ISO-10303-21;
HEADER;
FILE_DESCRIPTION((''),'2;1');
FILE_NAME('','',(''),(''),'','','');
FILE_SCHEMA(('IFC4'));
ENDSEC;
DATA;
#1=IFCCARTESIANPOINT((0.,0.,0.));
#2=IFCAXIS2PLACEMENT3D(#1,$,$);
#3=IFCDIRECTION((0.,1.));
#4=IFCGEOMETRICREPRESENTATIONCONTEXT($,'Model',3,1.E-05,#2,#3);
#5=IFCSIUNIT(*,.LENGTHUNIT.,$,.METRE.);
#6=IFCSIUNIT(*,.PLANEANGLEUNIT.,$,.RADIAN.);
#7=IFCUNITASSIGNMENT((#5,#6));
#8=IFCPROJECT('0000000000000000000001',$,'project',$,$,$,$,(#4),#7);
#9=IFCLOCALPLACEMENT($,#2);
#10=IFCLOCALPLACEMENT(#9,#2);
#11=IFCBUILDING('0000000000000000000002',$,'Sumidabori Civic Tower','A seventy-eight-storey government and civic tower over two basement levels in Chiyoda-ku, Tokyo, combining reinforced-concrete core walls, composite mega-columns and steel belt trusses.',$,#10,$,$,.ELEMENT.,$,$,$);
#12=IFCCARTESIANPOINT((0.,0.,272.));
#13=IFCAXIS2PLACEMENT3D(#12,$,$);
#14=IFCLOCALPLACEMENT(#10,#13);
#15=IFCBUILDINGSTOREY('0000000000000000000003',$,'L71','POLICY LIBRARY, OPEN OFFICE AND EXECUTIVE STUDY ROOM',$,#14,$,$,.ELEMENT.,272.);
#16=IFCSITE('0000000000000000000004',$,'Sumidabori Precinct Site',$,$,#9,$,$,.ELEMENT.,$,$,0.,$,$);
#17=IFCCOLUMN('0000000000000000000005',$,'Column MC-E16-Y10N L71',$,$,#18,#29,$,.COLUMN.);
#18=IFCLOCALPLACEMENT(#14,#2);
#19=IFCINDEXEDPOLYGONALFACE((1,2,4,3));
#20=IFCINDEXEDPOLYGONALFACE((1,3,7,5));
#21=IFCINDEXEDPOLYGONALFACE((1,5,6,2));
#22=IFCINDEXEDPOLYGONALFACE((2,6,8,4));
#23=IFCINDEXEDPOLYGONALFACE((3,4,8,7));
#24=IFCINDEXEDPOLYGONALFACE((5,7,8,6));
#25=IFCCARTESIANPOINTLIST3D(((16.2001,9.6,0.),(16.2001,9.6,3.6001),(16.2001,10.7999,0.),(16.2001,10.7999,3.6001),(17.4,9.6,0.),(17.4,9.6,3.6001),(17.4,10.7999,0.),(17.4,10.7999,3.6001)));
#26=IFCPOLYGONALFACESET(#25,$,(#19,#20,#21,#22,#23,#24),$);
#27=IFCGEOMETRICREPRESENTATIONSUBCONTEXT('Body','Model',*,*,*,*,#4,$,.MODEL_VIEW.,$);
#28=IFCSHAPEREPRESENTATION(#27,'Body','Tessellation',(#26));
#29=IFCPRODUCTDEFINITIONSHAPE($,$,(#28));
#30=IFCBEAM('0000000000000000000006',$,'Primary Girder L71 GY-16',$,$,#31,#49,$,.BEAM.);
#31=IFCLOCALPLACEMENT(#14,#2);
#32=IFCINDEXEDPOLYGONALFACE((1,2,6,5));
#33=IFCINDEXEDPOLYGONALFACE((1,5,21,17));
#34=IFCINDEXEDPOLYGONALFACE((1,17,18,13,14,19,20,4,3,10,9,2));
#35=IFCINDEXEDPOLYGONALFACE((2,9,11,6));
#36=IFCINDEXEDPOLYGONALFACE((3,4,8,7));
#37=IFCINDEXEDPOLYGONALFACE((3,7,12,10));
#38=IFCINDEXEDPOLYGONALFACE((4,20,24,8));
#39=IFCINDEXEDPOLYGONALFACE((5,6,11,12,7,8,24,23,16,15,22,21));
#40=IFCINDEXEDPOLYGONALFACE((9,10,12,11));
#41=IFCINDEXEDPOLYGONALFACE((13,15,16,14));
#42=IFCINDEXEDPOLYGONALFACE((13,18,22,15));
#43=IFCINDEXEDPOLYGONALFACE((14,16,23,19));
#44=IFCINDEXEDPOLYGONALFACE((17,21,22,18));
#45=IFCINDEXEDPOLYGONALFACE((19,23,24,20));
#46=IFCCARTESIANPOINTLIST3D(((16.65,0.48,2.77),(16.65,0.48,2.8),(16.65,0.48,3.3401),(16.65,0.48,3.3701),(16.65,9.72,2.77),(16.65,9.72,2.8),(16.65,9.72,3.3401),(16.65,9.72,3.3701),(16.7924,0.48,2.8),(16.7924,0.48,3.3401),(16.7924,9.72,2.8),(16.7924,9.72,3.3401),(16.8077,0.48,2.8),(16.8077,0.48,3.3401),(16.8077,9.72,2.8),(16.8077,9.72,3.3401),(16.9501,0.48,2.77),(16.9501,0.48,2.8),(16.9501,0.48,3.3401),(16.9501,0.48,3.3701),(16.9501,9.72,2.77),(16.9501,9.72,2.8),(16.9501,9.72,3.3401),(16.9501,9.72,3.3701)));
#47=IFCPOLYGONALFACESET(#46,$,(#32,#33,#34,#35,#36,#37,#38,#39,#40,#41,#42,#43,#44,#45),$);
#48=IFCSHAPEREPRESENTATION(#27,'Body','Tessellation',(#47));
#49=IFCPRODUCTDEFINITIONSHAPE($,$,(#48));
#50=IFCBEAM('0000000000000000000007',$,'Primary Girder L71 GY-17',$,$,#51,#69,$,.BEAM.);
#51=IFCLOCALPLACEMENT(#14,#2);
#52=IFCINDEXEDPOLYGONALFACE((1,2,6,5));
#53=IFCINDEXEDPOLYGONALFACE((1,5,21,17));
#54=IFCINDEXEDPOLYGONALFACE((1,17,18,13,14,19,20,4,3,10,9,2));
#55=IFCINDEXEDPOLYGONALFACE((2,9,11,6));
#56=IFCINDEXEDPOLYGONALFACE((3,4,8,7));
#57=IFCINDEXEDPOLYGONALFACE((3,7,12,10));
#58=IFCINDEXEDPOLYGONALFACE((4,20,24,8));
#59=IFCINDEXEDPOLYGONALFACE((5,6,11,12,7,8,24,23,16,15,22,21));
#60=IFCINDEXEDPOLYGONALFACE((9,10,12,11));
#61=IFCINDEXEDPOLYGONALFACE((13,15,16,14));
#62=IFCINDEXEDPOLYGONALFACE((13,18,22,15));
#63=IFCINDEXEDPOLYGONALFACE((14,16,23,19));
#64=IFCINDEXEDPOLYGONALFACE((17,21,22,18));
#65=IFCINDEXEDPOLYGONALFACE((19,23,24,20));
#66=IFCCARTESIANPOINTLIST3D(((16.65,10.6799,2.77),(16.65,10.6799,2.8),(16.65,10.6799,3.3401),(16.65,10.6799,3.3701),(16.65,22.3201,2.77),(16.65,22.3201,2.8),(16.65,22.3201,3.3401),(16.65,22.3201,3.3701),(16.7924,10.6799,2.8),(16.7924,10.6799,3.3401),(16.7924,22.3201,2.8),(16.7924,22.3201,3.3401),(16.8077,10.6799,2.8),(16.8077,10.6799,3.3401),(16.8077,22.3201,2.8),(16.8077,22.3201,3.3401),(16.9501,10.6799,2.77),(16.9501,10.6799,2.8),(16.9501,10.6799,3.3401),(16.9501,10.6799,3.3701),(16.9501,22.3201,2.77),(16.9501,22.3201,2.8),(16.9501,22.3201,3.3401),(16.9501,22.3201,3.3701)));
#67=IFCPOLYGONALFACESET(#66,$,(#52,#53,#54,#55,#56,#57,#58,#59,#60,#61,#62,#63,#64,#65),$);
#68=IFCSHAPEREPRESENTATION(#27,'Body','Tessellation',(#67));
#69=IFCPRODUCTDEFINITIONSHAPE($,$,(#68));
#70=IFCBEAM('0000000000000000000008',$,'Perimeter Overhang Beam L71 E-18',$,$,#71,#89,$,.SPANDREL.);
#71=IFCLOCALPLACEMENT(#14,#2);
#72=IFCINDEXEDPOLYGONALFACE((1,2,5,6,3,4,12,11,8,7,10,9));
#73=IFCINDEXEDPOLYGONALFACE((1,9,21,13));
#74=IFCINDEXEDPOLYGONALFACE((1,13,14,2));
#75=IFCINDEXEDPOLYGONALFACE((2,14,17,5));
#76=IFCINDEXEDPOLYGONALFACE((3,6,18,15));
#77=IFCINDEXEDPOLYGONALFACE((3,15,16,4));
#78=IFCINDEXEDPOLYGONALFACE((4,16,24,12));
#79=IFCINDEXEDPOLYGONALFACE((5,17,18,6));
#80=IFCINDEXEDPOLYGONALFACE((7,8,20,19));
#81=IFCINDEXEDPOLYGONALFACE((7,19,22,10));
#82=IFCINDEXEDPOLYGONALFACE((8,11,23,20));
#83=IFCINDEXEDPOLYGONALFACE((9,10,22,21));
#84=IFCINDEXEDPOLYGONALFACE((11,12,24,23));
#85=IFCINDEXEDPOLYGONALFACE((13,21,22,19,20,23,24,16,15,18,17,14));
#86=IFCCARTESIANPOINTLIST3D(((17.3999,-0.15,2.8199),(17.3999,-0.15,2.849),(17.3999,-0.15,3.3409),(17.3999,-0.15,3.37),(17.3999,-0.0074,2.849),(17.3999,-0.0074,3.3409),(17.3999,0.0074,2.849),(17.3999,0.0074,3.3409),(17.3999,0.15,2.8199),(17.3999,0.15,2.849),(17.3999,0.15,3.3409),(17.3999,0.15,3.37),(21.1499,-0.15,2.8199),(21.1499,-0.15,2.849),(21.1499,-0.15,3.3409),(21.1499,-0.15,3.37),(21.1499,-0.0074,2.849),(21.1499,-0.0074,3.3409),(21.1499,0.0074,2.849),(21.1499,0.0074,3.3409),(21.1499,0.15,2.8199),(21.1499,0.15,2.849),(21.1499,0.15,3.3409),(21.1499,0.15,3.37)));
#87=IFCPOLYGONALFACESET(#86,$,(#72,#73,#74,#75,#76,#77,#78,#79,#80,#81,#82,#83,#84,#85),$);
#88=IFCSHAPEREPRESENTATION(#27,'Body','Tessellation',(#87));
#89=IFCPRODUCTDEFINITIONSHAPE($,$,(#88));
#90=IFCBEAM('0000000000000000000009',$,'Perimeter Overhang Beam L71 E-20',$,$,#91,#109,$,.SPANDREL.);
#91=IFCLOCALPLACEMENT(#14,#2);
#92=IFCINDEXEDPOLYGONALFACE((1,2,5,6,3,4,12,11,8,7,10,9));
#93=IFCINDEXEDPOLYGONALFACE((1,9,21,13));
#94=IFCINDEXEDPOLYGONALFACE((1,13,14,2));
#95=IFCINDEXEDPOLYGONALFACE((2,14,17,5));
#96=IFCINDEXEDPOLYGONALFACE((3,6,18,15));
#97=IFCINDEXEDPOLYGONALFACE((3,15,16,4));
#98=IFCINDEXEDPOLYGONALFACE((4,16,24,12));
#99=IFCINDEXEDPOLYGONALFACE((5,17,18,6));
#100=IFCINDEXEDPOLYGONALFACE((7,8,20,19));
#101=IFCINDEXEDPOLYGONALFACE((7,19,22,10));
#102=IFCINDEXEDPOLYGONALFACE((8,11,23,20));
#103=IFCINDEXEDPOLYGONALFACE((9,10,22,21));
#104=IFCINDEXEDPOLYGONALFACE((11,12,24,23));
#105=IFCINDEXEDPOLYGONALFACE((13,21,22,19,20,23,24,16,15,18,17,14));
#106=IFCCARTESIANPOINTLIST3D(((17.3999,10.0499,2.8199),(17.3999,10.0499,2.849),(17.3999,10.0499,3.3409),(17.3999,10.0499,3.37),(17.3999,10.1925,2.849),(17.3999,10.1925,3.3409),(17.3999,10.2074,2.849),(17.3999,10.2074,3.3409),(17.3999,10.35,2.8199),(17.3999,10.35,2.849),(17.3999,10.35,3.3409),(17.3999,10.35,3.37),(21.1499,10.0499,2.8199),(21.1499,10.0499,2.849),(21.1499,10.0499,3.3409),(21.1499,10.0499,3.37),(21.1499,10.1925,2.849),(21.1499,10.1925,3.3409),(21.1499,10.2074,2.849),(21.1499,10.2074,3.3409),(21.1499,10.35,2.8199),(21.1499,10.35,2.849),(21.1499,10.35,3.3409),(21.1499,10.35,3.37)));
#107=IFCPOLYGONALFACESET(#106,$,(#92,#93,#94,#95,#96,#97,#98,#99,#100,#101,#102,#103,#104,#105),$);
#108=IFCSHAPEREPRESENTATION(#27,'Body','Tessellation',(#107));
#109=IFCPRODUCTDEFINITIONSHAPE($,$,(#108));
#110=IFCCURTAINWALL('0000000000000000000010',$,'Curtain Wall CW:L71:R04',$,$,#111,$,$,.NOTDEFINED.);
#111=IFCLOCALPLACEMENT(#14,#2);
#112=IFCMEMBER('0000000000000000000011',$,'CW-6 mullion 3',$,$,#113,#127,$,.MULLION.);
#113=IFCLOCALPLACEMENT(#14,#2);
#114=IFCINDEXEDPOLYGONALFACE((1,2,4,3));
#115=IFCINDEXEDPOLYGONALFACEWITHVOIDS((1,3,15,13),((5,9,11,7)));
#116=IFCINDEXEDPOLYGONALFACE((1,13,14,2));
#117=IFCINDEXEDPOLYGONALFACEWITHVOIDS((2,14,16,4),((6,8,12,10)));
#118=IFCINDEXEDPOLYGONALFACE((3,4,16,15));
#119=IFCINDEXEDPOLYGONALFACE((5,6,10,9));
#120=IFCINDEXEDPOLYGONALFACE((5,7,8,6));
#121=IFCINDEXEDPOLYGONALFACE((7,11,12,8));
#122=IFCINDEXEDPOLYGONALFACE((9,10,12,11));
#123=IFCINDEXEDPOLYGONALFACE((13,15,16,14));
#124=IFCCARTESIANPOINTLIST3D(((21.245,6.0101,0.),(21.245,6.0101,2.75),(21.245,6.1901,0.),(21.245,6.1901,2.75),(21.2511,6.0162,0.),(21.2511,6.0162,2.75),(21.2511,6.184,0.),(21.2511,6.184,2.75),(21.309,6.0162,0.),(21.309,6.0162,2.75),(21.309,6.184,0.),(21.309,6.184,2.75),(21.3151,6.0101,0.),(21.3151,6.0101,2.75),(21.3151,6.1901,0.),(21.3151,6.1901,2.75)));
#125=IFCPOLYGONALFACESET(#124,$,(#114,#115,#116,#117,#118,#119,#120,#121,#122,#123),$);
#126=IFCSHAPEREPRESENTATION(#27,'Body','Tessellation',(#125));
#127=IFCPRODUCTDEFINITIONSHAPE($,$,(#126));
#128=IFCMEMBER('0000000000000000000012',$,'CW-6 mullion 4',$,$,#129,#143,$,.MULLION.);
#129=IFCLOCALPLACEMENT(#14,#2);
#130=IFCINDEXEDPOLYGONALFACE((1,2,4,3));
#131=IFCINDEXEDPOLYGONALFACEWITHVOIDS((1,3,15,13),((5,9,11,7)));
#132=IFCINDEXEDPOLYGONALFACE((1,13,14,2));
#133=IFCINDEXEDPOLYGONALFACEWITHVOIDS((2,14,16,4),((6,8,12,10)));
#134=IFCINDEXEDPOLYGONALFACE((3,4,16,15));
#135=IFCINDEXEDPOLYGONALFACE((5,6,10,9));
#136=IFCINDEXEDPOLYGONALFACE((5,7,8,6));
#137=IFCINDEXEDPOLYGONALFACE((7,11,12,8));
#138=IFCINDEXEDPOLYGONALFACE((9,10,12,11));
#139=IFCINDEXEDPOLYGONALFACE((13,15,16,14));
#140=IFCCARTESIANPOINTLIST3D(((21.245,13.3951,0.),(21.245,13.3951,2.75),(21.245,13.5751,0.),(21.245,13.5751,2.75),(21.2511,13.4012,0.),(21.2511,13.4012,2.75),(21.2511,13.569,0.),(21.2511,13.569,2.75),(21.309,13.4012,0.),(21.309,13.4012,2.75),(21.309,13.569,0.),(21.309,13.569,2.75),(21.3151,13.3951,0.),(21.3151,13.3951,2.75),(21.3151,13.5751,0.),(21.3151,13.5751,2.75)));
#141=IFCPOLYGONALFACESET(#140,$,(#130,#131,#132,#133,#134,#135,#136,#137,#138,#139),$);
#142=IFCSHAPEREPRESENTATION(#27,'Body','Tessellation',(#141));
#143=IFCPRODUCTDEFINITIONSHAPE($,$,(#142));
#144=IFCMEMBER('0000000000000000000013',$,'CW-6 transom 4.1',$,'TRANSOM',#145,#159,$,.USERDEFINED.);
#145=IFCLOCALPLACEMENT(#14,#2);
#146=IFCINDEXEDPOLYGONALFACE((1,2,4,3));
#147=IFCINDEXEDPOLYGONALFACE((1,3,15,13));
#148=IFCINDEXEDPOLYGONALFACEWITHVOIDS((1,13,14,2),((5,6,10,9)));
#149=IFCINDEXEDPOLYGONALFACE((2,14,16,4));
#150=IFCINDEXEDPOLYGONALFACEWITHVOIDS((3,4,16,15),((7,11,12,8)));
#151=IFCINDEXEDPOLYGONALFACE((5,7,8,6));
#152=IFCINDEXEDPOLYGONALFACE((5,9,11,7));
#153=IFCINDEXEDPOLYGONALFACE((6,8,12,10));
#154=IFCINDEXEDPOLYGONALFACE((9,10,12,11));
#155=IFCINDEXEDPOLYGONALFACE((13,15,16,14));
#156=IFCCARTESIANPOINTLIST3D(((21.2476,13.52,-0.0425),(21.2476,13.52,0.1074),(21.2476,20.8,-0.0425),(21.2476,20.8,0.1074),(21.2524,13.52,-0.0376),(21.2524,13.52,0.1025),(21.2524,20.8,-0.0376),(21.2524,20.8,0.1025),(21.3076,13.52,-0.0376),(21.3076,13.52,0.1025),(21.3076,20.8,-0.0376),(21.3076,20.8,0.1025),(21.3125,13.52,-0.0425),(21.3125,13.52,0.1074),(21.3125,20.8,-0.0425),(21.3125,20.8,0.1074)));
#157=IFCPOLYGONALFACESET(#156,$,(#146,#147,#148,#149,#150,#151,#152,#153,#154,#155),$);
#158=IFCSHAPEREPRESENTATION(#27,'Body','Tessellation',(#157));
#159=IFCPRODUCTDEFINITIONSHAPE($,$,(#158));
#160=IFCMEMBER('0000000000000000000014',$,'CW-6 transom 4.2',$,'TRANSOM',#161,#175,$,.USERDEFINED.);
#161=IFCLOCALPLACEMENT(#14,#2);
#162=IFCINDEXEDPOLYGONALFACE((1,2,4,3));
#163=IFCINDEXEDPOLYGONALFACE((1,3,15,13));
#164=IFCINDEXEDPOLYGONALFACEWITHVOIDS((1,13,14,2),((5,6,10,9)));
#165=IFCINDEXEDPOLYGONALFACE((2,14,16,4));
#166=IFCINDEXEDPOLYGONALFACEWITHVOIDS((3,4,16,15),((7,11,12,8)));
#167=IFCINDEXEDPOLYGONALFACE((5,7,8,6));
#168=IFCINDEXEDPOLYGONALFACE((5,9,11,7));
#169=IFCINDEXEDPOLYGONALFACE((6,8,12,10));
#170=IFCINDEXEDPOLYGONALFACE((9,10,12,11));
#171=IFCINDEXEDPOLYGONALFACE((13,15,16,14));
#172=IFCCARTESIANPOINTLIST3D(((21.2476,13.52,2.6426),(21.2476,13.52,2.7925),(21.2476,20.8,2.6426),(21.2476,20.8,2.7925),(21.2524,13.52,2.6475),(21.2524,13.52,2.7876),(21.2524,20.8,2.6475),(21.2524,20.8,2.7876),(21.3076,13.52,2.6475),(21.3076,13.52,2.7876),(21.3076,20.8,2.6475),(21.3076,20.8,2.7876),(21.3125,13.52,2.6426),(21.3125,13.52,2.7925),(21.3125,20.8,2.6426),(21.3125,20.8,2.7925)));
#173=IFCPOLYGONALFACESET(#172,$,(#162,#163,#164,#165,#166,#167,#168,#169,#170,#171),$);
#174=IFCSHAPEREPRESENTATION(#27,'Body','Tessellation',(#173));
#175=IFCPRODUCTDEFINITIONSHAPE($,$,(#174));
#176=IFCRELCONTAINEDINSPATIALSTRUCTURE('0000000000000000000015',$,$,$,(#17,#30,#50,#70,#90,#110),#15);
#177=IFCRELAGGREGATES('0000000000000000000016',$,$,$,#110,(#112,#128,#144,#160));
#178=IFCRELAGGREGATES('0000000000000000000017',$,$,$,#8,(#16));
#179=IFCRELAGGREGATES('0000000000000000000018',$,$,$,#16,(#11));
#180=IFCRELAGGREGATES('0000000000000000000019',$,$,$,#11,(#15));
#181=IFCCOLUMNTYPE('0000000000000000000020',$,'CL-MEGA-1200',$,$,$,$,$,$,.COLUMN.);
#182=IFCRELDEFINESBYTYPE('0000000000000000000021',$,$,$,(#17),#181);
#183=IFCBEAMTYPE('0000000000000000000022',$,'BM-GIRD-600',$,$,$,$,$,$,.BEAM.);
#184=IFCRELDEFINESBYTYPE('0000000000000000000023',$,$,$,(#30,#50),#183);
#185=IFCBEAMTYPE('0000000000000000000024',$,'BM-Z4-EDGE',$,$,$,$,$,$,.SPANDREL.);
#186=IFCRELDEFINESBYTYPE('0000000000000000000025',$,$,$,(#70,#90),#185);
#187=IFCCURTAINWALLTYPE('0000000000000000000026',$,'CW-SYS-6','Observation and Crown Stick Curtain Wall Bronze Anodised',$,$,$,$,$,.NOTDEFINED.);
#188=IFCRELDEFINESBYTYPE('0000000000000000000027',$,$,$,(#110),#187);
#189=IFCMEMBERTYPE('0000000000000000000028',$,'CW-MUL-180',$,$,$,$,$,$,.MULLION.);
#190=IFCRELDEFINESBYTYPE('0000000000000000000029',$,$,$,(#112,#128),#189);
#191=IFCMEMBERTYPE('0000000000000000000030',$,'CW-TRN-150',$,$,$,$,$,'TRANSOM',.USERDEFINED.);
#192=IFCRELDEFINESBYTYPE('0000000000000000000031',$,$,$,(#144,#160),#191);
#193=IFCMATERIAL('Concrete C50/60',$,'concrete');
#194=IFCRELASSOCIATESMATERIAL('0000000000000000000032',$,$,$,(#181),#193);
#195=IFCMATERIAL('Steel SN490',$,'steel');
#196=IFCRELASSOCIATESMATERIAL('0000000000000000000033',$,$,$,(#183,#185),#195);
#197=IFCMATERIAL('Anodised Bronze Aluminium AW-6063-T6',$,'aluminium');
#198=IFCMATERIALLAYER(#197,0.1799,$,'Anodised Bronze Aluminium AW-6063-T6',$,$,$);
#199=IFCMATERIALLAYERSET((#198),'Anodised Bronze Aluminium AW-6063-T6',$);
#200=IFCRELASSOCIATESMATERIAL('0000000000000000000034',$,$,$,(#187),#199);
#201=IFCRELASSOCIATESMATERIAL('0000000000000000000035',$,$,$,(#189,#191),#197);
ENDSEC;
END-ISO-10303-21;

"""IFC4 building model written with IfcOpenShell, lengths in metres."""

from ifc_helpers import new_model, si_unit, direction, frame, origin, origin_2d, place, context, subcontext, project, spatial, rectangle, hollow_rectangle, i_section, extrude, source, transform, mapped, material, layer, layer_set, material_profile, profile_set, type_object, element, aggregate, save


model = new_model("IFC4")

# Units and contexts
model_context = context("Model", 3, precision=1e-05, world=origin(), true_north=direction((0.0, 1.0)))
body_context = subcontext(model_context, "Body", "Model", "MODEL_VIEW")
ifc_project = project(units=[si_unit("LENGTHUNIT", "METRE"), si_unit("PLANEANGLEUNIT", "RADIAN")], contexts=[model_context])

# Site, building, storey
site_placement = place(None, origin())
site = spatial("IfcSite", under=ifc_project, at=site_placement, Name="Sumidabori Precinct Site", CompositionType="ELEMENT", RefElevation=0.0)
building_placement = place(site_placement, origin())
building = spatial("IfcBuilding", under=site, at=building_placement, Name="Sumidabori Civic Tower", Description="A seventy-eight-storey government and civic tower over two basement levels in Chiyoda-ku, Tokyo, combining reinforced-concrete core walls, composite mega-columns and steel belt trusses.", CompositionType="ELEMENT")
storey_placement = place(building_placement, frame((0.0, 0.0, 272.0)))
storey = spatial("IfcBuildingStorey", under=building, at=storey_placement, Name="L71", Description="POLICY LIBRARY, OPEN OFFICE AND EXECUTIVE STUDY ROOM", CompositionType="ELEMENT", Elevation=272.0)

# Column
ifc_material_1 = material(Name="Concrete C50/60", Category="concrete")
ifc_material_profile_1 = material_profile(ifc_material_1, rectangle(XDim=1.2, YDim=1.2, at=origin_2d()), Name="RC 1200x1200")
ifc_profile_set_1 = profile_set([ifc_material_profile_1], Name="Concrete C50/60")
column_type = type_object("IfcColumnType", Name="CL-MEGA-1200", PredefinedType="COLUMN", material=ifc_profile_set_1)
shared_shape_1 = source(origin(), body_context, "Body", "SweptSolid", [
    extrude(rectangle(XDim=1.2, YDim=1.2, at=origin_2d()), origin(), (0.0, 0.0, 1.0), 3.6001),
])
column_placement = place(storey_placement, frame((16.8, 10.2, 0.0), z_axis=(0.0, 0.0, 1.0), x_axis=(1.0, 0.0, 0.0)))
element("IfcColumn", 1, at=column_placement, inside=storey, type_object=column_type, Name="Column MC-E16-Y10N L71", PredefinedType="COLUMN", context=body_context, shape_type="MappedRepresentation", body=[
    mapped(shared_shape_1, transform((0.0, 0.0, 0.0), x_axis=(1.0, 0.0, 0.0), y_axis=(0.0, 1.0, 0.0), z_axis=(0.0, 0.0, 1.0), scale=1.0)),
])

# Beams
ifc_material_2 = material(Name="Steel SN490", Category="steel")
ifc_material_profile_2 = material_profile(ifc_material_2, i_section(OverallWidth=0.3, OverallDepth=0.6001, WebThickness=0.0154, FlangeThickness=0.03, at=origin_2d()), Name="HE 600 B")
ifc_profile_set_2 = profile_set([ifc_material_profile_2], Name="Steel SN490")
beam_type_1 = type_object("IfcBeamType", Name="BM-GIRD-600", PredefinedType="BEAM", material=ifc_profile_set_2)
shared_shape_2 = source(origin(), body_context, "Body", "SweptSolid", [
    extrude(i_section(OverallWidth=0.3, OverallDepth=0.6001, WebThickness=0.0154, FlangeThickness=0.03, at=origin_2d()), origin(), (0.0, 0.0, 1.0), 9.24),
])
beam_1_placement = place(storey_placement, frame((16.8, 0.48, 3.0701), z_axis=(0.0, 1.0, 0.0), x_axis=(-1.0, 0.0, 0.0)))
element("IfcBeam", 2, at=beam_1_placement, inside=storey, type_object=beam_type_1, Name="Primary Girder L71 GY-16", PredefinedType="BEAM", context=body_context, shape_type="MappedRepresentation", body=[
    mapped(shared_shape_2, transform((0.0, 0.0, 0.0), x_axis=(1.0, 0.0, 0.0), y_axis=(0.0, 1.0, 0.0), z_axis=(0.0, 0.0, 1.0), scale=1.0)),
])
shared_shape_3 = source(origin(), body_context, "Body", "SweptSolid", [
    extrude(i_section(OverallWidth=0.3, OverallDepth=0.6001, WebThickness=0.0154, FlangeThickness=0.03, at=origin_2d()), origin(), (0.0, 0.0, 1.0), 11.6401),
])
beam_2_placement = place(storey_placement, frame((16.8, 10.6799, 3.0701), z_axis=(0.0, 1.0, 0.0), x_axis=(-1.0, 0.0, 0.0)))
element("IfcBeam", 3, at=beam_2_placement, inside=storey, type_object=beam_type_1, Name="Primary Girder L71 GY-17", PredefinedType="BEAM", context=body_context, shape_type="MappedRepresentation", body=[
    mapped(shared_shape_3, transform((0.0, 0.0, 0.0), x_axis=(1.0, 0.0, 0.0), y_axis=(0.0, 1.0, 0.0), z_axis=(0.0, 0.0, 1.0), scale=1.0)),
])
ifc_material_profile_3 = material_profile(ifc_material_2, i_section(OverallWidth=0.3, OverallDepth=0.55, WebThickness=0.0149, FlangeThickness=0.0291, at=origin_2d()), Name="HE 550 B")
ifc_profile_set_3 = profile_set([ifc_material_profile_3], Name="Steel SN490")
beam_type_2 = type_object("IfcBeamType", Name="BM-Z4-EDGE", PredefinedType="SPANDREL", material=ifc_profile_set_3)
shared_shape_4 = source(origin(), body_context, "Body", "SweptSolid", [
    extrude(i_section(OverallWidth=0.3, OverallDepth=0.55, WebThickness=0.0149, FlangeThickness=0.0291, at=origin_2d()), origin(), (0.0, 0.0, 1.0), 3.75),
])
for number, where, z_axis, x_axis, name in (
    (4, (17.3999, 0.0, 3.095), (1.0, 0.0, 0.0), (0.0, 1.0, 0.0), "Perimeter Overhang Beam L71 E-18"),
    (5, (17.3999, 10.2, 3.095), (1.0, 0.0, 0.0), (0.0, 1.0, 0.0), "Perimeter Overhang Beam L71 E-20"),
):
    element("IfcBeam", number, at=place(storey_placement, frame(where, z_axis=z_axis, x_axis=x_axis)), inside=storey, type_object=beam_type_2, Name=name, PredefinedType="SPANDREL", context=body_context, shape_type="MappedRepresentation", body=[
        mapped(shared_shape_4, transform((0.0, 0.0, 0.0), x_axis=(1.0, 0.0, 0.0), y_axis=(0.0, 1.0, 0.0), z_axis=(0.0, 0.0, 1.0), scale=1.0)),
    ])

# Curtain wall, members
ifc_material_3 = material(Name="Anodised Bronze Aluminium AW-6063-T6", Category="aluminium")
ifc_layer_1 = layer(ifc_material_3, 0.1799, Name="Anodised Bronze Aluminium AW-6063-T6")
ifc_layer_set_1 = layer_set([ifc_layer_1], Name="Anodised Bronze Aluminium AW-6063-T6")
curtain_wall_type = type_object("IfcCurtainWallType", Name="CW-SYS-6", Description="Observation and Crown Stick Curtain Wall Bronze Anodised", PredefinedType="NOTDEFINED", material=ifc_layer_set_1)
curtain_wall_placement = place(storey_placement, origin())
curtain_wall = element("IfcCurtainWall", 6, at=curtain_wall_placement, inside=storey, type_object=curtain_wall_type, Name="Curtain Wall CW:L71:R04", PredefinedType="NOTDEFINED")
ifc_material_profile_4 = material_profile(ifc_material_3, hollow_rectangle(XDim=0.0701, YDim=0.1799, WallThickness=0.0061, at=origin_2d()), Name="ALU MULLION 180x70")
ifc_profile_set_4 = profile_set([ifc_material_profile_4], Name="Anodised Bronze Aluminium AW-6063-T6")
member_type_1 = type_object("IfcMemberType", Name="CW-MUL-180", PredefinedType="MULLION", material=ifc_profile_set_4)
shared_shape_5 = source(origin(), body_context, "Body", "SweptSolid", [
    extrude(hollow_rectangle(XDim=0.0701, YDim=0.1799, WallThickness=0.0061, at=origin_2d()), origin(), (0.0, 0.0, 1.0), 2.75),
])
member_1_placement = place(storey_placement, frame((21.28, 6.1001, 0.0), z_axis=(0.0, 0.0, 1.0), x_axis=(-1.0, 0.0, 0.0)))
member_1 = element("IfcMember", 7, at=member_1_placement, type_object=member_type_1, Name="CW-6 mullion 3", PredefinedType="MULLION", context=body_context, shape_type="MappedRepresentation", body=[
    mapped(shared_shape_5, transform((0.0, 0.0, 0.0), x_axis=(1.0, 0.0, 0.0), y_axis=(0.0, 1.0, 0.0), z_axis=(0.0, 0.0, 1.0), scale=1.0)),
])
member_2_placement = place(storey_placement, frame((21.28, 13.4851, 0.0), z_axis=(0.0, 0.0, 1.0), x_axis=(-1.0, 0.0, 0.0)))
member_2 = element("IfcMember", 8, at=member_2_placement, type_object=member_type_1, Name="CW-6 mullion 4", PredefinedType="MULLION", context=body_context, shape_type="MappedRepresentation", body=[
    mapped(shared_shape_5, transform((0.0, 0.0, 0.0), x_axis=(1.0, 0.0, 0.0), y_axis=(0.0, 1.0, 0.0), z_axis=(0.0, 0.0, 1.0), scale=1.0)),
])
ifc_material_profile_5 = material_profile(ifc_material_3, hollow_rectangle(XDim=0.0649, YDim=0.1499, WallThickness=0.0049, at=origin_2d()), Name="ALU TRANSOM 150x65")
ifc_profile_set_5 = profile_set([ifc_material_profile_5], Name="Anodised Bronze Aluminium AW-6063-T6")
member_type_2 = type_object("IfcMemberType", Name="CW-TRN-150", ElementType="TRANSOM", PredefinedType="USERDEFINED", material=ifc_profile_set_5)
shared_shape_6 = source(origin(), body_context, "Body", "SweptSolid", [
    extrude(hollow_rectangle(XDim=0.0649, YDim=0.1499, WallThickness=0.0049, at=origin_2d()), origin(), (0.0, 0.0, 1.0), 7.28),
])
member_3_placement = place(storey_placement, frame((21.28, 13.52, 0.0325), z_axis=(0.0, 1.0, 0.0), x_axis=(-1.0, 0.0, 0.0)))
member_3 = element("IfcMember", 9, at=member_3_placement, type_object=member_type_2, Name="CW-6 transom 4.1", ObjectType="TRANSOM", PredefinedType="USERDEFINED", context=body_context, shape_type="MappedRepresentation", body=[
    mapped(shared_shape_6, transform((0.0, 0.0, 0.0), x_axis=(1.0, 0.0, 0.0), y_axis=(0.0, 1.0, 0.0), z_axis=(0.0, 0.0, 1.0), scale=1.0)),
])
member_4_placement = place(storey_placement, frame((21.28, 13.52, 2.7175), z_axis=(0.0, 1.0, 0.0), x_axis=(-1.0, 0.0, 0.0)))
member_4 = element("IfcMember", 10, at=member_4_placement, type_object=member_type_2, Name="CW-6 transom 4.2", ObjectType="TRANSOM", PredefinedType="USERDEFINED", context=body_context, shape_type="MappedRepresentation", body=[
    mapped(shared_shape_6, transform((0.0, 0.0, 0.0), x_axis=(1.0, 0.0, 0.0), y_axis=(0.0, 1.0, 0.0), z_axis=(0.0, 0.0, 1.0), scale=1.0)),
])
aggregate(curtain_wall, [member_1, member_2, member_3, member_4])

save(model, "model.ifc")
